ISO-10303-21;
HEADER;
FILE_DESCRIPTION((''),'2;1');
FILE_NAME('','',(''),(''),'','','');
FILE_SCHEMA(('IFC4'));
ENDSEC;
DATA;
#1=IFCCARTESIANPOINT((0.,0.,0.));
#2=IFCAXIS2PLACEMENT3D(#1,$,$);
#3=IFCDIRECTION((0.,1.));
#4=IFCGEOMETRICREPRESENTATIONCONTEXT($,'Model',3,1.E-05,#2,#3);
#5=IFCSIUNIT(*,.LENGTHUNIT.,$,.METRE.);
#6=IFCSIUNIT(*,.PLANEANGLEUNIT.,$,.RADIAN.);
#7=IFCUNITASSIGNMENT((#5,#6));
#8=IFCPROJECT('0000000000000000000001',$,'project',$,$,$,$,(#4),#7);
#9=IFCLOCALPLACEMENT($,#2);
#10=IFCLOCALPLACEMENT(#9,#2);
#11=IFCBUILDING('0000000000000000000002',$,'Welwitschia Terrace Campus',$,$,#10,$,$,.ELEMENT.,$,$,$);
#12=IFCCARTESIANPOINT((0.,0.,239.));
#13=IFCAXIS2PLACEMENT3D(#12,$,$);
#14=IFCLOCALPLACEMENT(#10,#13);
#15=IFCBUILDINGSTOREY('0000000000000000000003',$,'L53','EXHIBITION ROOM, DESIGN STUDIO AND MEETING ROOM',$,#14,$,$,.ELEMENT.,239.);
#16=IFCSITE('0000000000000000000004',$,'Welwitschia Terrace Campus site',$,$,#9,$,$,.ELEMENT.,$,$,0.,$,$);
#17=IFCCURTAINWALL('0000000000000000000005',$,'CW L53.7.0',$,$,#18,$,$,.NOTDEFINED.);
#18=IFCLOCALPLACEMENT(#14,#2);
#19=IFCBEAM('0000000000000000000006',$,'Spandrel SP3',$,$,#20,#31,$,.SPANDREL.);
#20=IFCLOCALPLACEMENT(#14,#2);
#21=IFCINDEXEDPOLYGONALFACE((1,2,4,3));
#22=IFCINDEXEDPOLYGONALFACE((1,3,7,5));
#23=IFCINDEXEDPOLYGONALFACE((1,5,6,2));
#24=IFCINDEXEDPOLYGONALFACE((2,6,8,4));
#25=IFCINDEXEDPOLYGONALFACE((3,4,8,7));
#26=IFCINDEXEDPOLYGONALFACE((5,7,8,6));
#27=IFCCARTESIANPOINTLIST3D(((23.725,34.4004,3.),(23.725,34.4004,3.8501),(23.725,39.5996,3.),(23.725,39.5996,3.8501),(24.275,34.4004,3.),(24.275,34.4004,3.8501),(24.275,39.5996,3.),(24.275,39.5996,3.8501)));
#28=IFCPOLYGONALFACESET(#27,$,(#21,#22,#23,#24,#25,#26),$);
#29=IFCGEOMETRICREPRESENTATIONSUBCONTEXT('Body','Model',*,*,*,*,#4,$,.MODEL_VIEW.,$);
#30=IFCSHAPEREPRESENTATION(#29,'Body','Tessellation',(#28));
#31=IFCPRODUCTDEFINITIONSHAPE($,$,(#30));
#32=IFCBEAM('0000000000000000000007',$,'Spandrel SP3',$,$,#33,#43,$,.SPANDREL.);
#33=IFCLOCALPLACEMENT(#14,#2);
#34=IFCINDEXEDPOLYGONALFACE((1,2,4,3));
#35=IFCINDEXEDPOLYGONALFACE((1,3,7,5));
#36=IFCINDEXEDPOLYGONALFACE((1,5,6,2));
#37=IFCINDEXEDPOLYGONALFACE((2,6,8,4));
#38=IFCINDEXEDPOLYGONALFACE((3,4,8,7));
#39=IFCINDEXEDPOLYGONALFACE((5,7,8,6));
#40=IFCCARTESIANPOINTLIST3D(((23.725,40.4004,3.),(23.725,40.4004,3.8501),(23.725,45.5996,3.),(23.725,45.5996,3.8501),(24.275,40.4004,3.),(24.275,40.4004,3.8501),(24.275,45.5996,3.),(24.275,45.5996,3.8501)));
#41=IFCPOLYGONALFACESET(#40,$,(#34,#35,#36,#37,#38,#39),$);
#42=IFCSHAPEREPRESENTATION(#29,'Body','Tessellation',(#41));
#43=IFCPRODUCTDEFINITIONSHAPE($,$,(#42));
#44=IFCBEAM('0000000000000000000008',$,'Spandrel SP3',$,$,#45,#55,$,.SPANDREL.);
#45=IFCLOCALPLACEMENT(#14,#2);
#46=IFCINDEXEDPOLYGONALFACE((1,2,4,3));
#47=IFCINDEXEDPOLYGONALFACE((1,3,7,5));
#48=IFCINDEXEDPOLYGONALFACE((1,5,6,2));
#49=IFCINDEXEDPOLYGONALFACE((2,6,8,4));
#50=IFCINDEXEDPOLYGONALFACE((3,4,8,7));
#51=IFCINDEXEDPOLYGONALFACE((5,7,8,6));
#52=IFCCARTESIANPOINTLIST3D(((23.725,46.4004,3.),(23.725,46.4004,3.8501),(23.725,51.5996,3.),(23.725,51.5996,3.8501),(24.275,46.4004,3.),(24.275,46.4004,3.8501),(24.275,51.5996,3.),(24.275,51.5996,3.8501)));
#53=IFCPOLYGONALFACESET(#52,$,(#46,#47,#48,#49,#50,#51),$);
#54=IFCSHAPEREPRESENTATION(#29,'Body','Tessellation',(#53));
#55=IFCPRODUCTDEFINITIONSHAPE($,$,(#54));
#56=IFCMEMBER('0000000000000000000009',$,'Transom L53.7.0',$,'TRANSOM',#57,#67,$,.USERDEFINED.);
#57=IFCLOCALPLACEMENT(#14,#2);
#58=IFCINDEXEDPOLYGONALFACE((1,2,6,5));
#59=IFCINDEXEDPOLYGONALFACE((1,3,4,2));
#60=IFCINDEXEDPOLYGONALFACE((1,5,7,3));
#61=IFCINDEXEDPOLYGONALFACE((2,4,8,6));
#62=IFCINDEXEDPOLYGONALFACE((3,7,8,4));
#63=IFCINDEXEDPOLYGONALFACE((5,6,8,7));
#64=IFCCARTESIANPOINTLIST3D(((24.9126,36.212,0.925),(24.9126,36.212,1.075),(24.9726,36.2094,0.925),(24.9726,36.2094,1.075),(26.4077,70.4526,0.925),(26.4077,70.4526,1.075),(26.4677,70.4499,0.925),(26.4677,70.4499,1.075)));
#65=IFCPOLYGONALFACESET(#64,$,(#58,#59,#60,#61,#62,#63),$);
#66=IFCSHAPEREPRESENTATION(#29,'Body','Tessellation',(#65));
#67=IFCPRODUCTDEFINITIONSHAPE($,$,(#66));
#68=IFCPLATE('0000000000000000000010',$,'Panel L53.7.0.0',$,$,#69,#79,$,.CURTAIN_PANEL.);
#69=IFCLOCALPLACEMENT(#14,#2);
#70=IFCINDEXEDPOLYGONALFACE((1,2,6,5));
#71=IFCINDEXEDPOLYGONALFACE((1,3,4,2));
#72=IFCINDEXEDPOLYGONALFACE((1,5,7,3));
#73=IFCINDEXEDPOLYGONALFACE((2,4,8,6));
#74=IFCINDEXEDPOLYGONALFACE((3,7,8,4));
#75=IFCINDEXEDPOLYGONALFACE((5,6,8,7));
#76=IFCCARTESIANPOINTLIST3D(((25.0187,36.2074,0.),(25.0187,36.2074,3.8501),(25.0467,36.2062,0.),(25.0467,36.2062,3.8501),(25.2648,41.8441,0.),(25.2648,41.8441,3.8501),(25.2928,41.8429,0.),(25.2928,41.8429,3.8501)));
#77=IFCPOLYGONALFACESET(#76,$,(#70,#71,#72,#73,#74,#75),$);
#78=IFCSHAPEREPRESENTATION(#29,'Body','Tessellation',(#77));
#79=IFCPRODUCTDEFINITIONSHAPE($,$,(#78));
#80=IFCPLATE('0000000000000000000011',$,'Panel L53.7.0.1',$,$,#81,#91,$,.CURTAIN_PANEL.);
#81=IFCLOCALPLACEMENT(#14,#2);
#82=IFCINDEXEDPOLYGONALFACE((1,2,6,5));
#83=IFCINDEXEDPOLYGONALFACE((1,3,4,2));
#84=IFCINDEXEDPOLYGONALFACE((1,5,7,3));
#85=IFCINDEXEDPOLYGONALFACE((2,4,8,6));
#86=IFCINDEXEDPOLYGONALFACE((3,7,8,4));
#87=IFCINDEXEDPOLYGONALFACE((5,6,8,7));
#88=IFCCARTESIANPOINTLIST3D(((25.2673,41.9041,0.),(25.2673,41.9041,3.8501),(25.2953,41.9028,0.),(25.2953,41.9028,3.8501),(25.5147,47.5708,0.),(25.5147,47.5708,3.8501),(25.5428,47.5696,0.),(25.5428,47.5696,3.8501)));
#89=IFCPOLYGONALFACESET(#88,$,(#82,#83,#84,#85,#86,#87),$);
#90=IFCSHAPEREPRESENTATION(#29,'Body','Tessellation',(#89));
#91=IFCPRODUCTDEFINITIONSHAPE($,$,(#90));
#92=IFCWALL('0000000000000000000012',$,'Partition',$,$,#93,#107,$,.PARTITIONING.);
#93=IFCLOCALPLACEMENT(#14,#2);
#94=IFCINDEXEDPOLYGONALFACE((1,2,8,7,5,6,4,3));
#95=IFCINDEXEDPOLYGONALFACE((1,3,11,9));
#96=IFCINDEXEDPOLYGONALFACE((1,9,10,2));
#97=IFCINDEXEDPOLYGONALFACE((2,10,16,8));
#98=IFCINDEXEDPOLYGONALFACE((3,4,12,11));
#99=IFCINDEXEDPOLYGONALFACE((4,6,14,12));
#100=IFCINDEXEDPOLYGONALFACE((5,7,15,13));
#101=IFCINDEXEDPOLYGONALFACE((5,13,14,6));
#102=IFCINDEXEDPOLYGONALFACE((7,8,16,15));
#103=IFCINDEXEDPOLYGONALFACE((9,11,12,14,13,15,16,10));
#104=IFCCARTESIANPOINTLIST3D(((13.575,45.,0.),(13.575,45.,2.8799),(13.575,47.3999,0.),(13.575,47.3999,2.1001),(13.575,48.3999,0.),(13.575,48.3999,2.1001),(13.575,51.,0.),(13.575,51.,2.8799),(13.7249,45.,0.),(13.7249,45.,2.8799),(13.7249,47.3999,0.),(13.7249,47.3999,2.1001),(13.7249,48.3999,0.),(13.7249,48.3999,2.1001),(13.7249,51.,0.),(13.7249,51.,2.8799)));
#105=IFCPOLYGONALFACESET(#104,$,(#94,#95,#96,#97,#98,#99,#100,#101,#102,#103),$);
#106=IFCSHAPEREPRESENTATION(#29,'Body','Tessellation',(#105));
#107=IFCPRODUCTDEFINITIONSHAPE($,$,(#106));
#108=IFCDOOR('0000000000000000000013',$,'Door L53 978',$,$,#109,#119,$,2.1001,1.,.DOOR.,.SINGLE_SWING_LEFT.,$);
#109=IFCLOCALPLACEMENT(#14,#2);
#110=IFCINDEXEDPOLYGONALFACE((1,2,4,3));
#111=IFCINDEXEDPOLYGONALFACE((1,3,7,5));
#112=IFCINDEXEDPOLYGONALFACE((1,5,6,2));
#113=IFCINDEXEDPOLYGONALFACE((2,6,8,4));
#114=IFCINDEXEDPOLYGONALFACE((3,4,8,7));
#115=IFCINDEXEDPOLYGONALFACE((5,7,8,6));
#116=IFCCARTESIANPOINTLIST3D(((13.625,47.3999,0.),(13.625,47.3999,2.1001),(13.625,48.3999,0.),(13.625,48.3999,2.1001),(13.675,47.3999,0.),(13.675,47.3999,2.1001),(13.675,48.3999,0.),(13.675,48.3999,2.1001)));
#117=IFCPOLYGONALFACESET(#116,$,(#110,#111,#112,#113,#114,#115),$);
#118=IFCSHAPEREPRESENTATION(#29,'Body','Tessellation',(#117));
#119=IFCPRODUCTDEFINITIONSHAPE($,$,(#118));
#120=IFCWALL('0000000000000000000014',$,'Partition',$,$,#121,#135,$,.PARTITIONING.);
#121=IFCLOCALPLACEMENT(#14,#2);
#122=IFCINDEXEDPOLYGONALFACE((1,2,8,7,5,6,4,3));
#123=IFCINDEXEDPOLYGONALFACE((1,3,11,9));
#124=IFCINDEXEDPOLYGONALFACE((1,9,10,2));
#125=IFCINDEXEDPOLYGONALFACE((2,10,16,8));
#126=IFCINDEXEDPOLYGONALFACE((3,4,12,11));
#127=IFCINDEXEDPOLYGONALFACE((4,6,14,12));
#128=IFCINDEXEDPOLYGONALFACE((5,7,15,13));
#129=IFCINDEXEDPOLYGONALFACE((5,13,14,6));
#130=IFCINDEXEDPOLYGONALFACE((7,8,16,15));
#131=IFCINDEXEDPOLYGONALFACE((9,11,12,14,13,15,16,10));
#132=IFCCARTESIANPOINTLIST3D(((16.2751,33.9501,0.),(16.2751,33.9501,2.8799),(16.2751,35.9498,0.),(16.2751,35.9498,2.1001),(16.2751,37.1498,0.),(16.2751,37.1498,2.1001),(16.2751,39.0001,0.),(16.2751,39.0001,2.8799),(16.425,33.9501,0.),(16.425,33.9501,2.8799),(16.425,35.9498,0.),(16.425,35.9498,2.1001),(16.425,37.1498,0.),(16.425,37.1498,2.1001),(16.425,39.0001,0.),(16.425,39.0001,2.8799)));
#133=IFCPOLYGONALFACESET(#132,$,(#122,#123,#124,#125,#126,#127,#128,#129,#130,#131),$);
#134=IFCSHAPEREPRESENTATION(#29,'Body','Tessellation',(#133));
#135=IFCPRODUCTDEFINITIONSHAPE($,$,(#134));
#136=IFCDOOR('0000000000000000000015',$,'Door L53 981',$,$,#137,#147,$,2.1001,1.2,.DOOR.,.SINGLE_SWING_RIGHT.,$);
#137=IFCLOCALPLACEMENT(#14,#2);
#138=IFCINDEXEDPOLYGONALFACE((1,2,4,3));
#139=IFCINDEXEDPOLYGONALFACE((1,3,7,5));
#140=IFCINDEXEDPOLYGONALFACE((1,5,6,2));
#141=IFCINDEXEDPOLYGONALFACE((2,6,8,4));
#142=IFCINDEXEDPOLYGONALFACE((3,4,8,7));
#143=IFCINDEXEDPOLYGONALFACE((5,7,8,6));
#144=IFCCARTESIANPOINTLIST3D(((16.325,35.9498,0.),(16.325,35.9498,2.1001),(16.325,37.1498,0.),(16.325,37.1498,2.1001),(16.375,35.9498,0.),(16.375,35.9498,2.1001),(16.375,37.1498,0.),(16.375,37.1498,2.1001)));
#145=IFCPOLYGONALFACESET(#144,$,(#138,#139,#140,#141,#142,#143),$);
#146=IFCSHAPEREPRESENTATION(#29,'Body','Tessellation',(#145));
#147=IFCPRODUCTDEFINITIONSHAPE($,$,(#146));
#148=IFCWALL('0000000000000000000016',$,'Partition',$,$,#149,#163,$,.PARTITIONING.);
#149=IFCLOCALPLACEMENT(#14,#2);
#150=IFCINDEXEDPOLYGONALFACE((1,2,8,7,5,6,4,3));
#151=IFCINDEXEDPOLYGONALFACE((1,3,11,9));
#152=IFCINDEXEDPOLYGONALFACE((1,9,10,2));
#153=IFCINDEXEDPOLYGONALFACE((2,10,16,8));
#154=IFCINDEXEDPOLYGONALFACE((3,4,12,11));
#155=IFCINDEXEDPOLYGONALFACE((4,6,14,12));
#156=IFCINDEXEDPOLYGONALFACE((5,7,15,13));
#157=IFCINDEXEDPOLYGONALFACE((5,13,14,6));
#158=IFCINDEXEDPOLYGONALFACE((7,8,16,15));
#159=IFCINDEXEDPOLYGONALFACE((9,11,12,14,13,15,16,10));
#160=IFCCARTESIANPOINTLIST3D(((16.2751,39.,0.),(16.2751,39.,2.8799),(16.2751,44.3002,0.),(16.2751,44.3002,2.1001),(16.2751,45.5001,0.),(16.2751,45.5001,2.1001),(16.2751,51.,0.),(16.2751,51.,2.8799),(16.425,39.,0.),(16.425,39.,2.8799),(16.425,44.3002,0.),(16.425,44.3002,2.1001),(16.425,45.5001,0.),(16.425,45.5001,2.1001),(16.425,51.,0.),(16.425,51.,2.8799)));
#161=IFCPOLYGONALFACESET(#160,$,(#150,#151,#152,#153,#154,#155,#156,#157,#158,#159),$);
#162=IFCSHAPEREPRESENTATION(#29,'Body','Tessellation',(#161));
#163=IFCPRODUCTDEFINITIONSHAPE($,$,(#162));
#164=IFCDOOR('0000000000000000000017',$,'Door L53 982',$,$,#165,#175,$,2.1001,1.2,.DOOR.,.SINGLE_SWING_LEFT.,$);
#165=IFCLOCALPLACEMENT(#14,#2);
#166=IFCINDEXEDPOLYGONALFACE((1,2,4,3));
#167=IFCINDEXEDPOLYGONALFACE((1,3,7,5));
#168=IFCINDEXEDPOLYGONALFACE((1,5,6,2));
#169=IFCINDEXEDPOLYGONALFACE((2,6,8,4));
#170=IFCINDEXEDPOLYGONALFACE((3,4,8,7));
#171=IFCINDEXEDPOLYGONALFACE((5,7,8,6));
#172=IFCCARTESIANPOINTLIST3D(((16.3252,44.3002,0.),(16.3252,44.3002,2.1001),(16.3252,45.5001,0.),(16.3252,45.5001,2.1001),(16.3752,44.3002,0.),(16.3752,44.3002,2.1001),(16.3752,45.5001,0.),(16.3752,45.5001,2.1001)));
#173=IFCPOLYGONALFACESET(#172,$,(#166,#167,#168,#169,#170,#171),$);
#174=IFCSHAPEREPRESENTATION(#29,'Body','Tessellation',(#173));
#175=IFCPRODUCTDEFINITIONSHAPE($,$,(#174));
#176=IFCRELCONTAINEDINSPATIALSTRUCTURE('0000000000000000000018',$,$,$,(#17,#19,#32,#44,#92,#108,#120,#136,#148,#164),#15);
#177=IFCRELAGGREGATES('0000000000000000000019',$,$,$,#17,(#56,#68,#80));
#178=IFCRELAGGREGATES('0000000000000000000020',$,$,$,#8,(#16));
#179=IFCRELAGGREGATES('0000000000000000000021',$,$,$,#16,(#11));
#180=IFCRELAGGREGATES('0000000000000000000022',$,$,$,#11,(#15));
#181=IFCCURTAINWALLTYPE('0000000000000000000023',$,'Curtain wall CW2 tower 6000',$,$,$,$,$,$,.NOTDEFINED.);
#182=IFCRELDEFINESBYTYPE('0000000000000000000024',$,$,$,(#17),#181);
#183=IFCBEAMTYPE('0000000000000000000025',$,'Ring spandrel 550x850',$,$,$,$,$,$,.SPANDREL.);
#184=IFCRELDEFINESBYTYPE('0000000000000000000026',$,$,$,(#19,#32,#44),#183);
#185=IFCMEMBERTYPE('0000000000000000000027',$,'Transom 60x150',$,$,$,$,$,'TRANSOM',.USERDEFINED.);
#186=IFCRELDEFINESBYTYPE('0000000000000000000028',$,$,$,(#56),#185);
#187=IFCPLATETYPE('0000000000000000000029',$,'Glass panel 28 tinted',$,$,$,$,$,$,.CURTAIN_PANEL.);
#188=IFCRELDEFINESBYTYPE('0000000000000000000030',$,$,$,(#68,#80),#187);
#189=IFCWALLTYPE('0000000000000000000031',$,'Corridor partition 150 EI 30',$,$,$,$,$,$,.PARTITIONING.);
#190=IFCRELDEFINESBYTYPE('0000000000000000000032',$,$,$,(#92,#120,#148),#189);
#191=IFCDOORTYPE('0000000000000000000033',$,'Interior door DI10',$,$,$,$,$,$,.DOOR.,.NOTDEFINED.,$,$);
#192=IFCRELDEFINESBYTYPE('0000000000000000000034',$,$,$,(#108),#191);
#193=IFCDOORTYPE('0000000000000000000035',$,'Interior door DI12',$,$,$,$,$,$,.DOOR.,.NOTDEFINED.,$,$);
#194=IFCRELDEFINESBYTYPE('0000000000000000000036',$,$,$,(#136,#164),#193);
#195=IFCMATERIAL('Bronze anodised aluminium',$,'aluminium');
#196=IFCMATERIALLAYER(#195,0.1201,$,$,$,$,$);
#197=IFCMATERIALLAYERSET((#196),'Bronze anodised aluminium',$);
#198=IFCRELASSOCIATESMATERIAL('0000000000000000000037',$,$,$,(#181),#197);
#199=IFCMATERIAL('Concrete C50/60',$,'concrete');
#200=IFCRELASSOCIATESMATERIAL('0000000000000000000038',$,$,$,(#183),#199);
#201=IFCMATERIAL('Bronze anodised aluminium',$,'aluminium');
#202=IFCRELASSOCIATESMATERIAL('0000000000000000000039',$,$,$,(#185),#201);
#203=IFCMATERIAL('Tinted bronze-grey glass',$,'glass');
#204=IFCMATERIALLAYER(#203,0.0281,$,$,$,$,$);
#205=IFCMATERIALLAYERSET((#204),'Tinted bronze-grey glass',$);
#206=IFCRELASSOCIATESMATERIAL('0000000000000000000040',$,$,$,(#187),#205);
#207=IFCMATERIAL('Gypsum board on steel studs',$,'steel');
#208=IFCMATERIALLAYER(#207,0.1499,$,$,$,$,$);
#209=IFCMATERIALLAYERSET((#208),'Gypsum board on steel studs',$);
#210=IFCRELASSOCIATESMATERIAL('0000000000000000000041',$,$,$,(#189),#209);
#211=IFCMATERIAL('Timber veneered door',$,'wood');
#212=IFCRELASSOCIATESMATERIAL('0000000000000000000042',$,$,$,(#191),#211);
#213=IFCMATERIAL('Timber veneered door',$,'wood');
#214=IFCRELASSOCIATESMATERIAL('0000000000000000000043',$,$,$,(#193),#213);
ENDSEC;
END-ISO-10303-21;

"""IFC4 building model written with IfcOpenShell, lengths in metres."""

from ifc_helpers import new_model, si_unit, direction, frame, frame_2d, origin, origin_2d, place, context, subcontext, project, spatial, rectangle, extrude, material, layer, layer_set, material_profile, profile_set, type_object, element, fill, aggregate, save


model = new_model("IFC4")

# Units and contexts
model_context = context("Model", 3, precision=1e-05, world=origin(), true_north=direction((0.0, 1.0)))
body_context = subcontext(model_context, "Body", "Model", "MODEL_VIEW")
ifc_project = project(units=[si_unit("LENGTHUNIT", "METRE"), si_unit("PLANEANGLEUNIT", "RADIAN")], contexts=[model_context])

# Site, building, storey
site_placement = place(None, origin())
site = spatial("IfcSite", under=ifc_project, at=site_placement, Name="Welwitschia Terrace Campus site", CompositionType="ELEMENT", RefElevation=0.0)
building_placement = place(site_placement, origin())
building = spatial("IfcBuilding", under=site, at=building_placement, Name="Welwitschia Terrace Campus", CompositionType="ELEMENT")
storey_placement = place(building_placement, frame((0.0, 0.0, 239.0)))
storey = spatial("IfcBuildingStorey", under=building, at=storey_placement, Name="L53", Description="EXHIBITION ROOM, DESIGN STUDIO AND MEETING ROOM", CompositionType="ELEMENT", Elevation=239.0)

# Shared definitions
ifc_material_1 = material(Name="Bronze anodised aluminium", Category="aluminium")
ifc_layer_1 = layer(ifc_material_1, 0.1201)
ifc_layer_set_1 = layer_set([ifc_layer_1], Name="Bronze anodised aluminium")
curtain_wall_type = type_object("IfcCurtainWallType", Name="Curtain wall CW2 tower 6000", PredefinedType="NOTDEFINED", material=ifc_layer_set_1)

# Curtain wall
curtain_wall_1_placement = place(storey_placement, origin())
curtain_wall_1 = element("IfcCurtainWall", 1, at=curtain_wall_1_placement, inside=storey, type_object=curtain_wall_type, Name="CW L53.7.0", PredefinedType="NOTDEFINED")

# Beams
ifc_material_2 = material(Name="Concrete C50/60", Category="concrete")
ifc_material_profile_1 = material_profile(ifc_material_2, rectangle(XDim=0.55, YDim=0.8501, at=origin_2d()))
ifc_profile_set_1 = profile_set([ifc_material_profile_1], Name="Concrete C50/60")
beam_type_1 = type_object("IfcBeamType", Name="Ring spandrel 550x850", PredefinedType="SPANDREL", material=ifc_profile_set_1)
for number, where, z_axis, x_axis, name in (
    (2, (24.0, 34.4004, 3.425), (0.0, 1.0, 0.0), (-1.0, 0.0, 0.0), "Spandrel SP3"),
    (3, (24.0, 40.4004, 3.425), (0.0, 1.0, 0.0), (-1.0, 0.0, 0.0), "Spandrel SP3"),
    (4, (24.0, 46.4004, 3.425), (0.0, 1.0, 0.0), (-1.0, 0.0, 0.0), "Spandrel SP3"),
):
    element("IfcBeam", number, at=place(storey_placement, frame(where, z_axis=z_axis, x_axis=x_axis)), inside=storey, type_object=beam_type_1, Name=name, PredefinedType="SPANDREL", context=body_context, shape_type="SweptSolid", body=[
        extrude(rectangle(XDim=0.55, YDim=0.8501, at=origin_2d()), origin(), (0.0, 0.0, 1.0), 5.1992),
    ])

# Member
ifc_material_3 = material(Name="Bronze anodised aluminium", Category="aluminium")
ifc_material_profile_2 = material_profile(ifc_material_3, rectangle(XDim=0.0601, YDim=0.1499, at=origin_2d()))
ifc_profile_set_2 = profile_set([ifc_material_profile_2], Name="Bronze anodised aluminium")
member_type_1 = type_object("IfcMemberType", Name="Transom 60x150", ElementType="TRANSOM", PredefinedType="USERDEFINED", material=ifc_profile_set_2)
member_1_placement = place(storey_placement, frame((24.9426, 36.2107, 1.0), z_axis=(0.043624, 0.999048, 0.0), x_axis=(-0.999048, 0.043624, 0.0)))
member_1 = element("IfcMember", 5, at=member_1_placement, type_object=member_type_1, Name="Transom L53.7.0", ObjectType="TRANSOM", PredefinedType="USERDEFINED", context=body_context, shape_type="SweptSolid", body=[
    extrude(rectangle(XDim=0.0601, YDim=0.1499, at=origin_2d()), origin(), (0.0, 0.0, 1.0), 34.2732),
])

# Plates
ifc_material_4 = material(Name="Tinted bronze-grey glass", Category="glass")
ifc_layer_2 = layer(ifc_material_4, 0.0281)
ifc_layer_set_2 = layer_set([ifc_layer_2], Name="Tinted bronze-grey glass")
plate_type = type_object("IfcPlateType", Name="Glass panel 28 tinted", PredefinedType="CURTAIN_PANEL", material=ifc_layer_set_2)
plate_1_placement = place(storey_placement, frame((25.1558, 39.0251, 0.0), z_axis=(0.0, 0.0, 1.0), x_axis=(0.043619, 0.999048, 0.0)))
plate_1 = element("IfcPlate", 6, at=plate_1_placement, type_object=plate_type, Name="Panel L53.7.0.0", PredefinedType="CURTAIN_PANEL", context=body_context, shape_type="SweptSolid", body=[
    extrude(rectangle(XDim=5.6421, YDim=0.0281, at=origin_2d()), origin(), (0.0, 0.0, 1.0), 3.8501),
])
plate_2_placement = place(storey_placement, frame((25.405, 44.7368, 0.0), z_axis=(0.0, 0.0, 1.0), x_axis=(0.043619, 0.999048, 0.0)))
plate_2 = element("IfcPlate", 7, at=plate_2_placement, type_object=plate_type, Name="Panel L53.7.0.1", PredefinedType="CURTAIN_PANEL", context=body_context, shape_type="SweptSolid", body=[
    extrude(rectangle(XDim=5.6721, YDim=0.0281, at=origin_2d()), origin(), (0.0, 0.0, 1.0), 3.8501),
])
aggregate(curtain_wall_1, [member_1, plate_1, plate_2])

# Walls, openings, doors
ifc_material_5 = material(Name="Gypsum board on steel studs", Category="steel")
ifc_layer_3 = layer(ifc_material_5, 0.1499)
ifc_layer_set_3 = layer_set([ifc_layer_3], Name="Gypsum board on steel studs")
wall_type = type_object("IfcWallType", Name="Corridor partition 150 EI 30", PredefinedType="PARTITIONING", material=ifc_layer_set_3)
wall_1_placement = place(storey_placement, frame((13.6499, 45.0, 0.0), z_axis=(0.0, 0.0, 1.0), x_axis=(0.0, 1.0, 0.0)))
wall_1 = element("IfcWall", 8, at=wall_1_placement, inside=storey, type_object=wall_type, Name="Partition", PredefinedType="PARTITIONING", context=body_context, shape_type="SweptSolid", body=[
    extrude(rectangle(XDim=6.0, YDim=0.1499, at=frame_2d((3.0, 0.0))), origin(), (0.0, 0.0, 1.0), 2.8799),
])
opening_1_placement = place(wall_1_placement, frame((2.3999, 0.0, 0.0)))
opening_1 = element("IfcOpeningElement", 9, at=opening_1_placement, cuts=wall_1, PredefinedType="OPENING", context=body_context, shape_type="SweptSolid", body=[
    extrude(rectangle(XDim=1.0, YDim=2.1001, at=frame_2d((0.5, 1.05))), frame((0.0, 0.085, 0.0), z_axis=(0.0, -1.0, 0.0), x_axis=(1.0, 0.0, 0.0)), (0.0, 0.0, 1.0), 0.1699),
])
ifc_material_6 = material(Name="Timber veneered door", Category="wood")
door_type_1 = type_object("IfcDoorType", Name="Interior door DI10", OperationType="NOTDEFINED", PredefinedType="DOOR", material=ifc_material_6)
door_1_placement = place(opening_1_placement, origin())
door_1 = element("IfcDoor", 10, at=door_1_placement, inside=storey, type_object=door_type_1, Name="Door L53 978", OperationType="SINGLE_SWING_LEFT", OverallHeight=2.1001, OverallWidth=1.0, PredefinedType="DOOR", context=body_context, shape_type="SweptSolid", body=[
    extrude(rectangle(XDim=1.0, YDim=2.1001, at=frame_2d((0.5, 1.05))), frame((0.0, 0.0249, 0.0), z_axis=(0.0, -1.0, 0.0), x_axis=(1.0, 0.0, 0.0)), (0.0, 0.0, 1.0), 0.05),
])
fill(opening_1, door_1)
wall_2_placement = place(storey_placement, frame((16.3501, 39.0, 0.0), z_axis=(0.0, 0.0, 1.0), x_axis=(0.0, -1.0, 0.0)))
wall_2 = element("IfcWall", 11, at=wall_2_placement, inside=storey, type_object=wall_type, Name="Partition", PredefinedType="PARTITIONING", context=body_context, shape_type="SweptSolid", body=[
    extrude(rectangle(XDim=5.05, YDim=0.1499, at=frame_2d((2.5249, 0.0))), origin(), (0.0, 0.0, 1.0), 2.8799),
])
opening_2_placement = place(wall_2_placement, frame((1.8501, 0.0, 0.0)))
opening_2 = element("IfcOpeningElement", 12, at=opening_2_placement, cuts=wall_2, PredefinedType="OPENING", context=body_context, shape_type="SweptSolid", body=[
    extrude(rectangle(XDim=1.2, YDim=2.1001, at=frame_2d((0.6001, 1.05))), frame((0.0, 0.085, 0.0), z_axis=(0.0, -1.0, 0.0), x_axis=(1.0, 0.0, 0.0)), (0.0, 0.0, 1.0), 0.1699),
])
ifc_material_7 = material(Name="Timber veneered door", Category="wood")
door_type_2 = type_object("IfcDoorType", Name="Interior door DI12", OperationType="NOTDEFINED", PredefinedType="DOOR", material=ifc_material_7)
door_2_placement = place(opening_2_placement, origin())
door_2 = element("IfcDoor", 13, at=door_2_placement, inside=storey, type_object=door_type_2, Name="Door L53 981", OperationType="SINGLE_SWING_RIGHT", OverallHeight=2.1001, OverallWidth=1.2, PredefinedType="DOOR", context=body_context, shape_type="SweptSolid", body=[
    extrude(rectangle(XDim=1.2, YDim=2.1001, at=frame_2d((0.6001, 1.05))), frame((0.0, 0.0249, 0.0), z_axis=(0.0, -1.0, 0.0), x_axis=(1.0, 0.0, 0.0)), (0.0, 0.0, 1.0), 0.05),
])
fill(opening_2, door_2)
wall_3_placement = place(storey_placement, frame((16.3501, 39.0, 0.0), z_axis=(0.0, 0.0, 1.0), x_axis=(0.0, 1.0, 0.0)))
wall_3 = element("IfcWall", 14, at=wall_3_placement, inside=storey, type_object=wall_type, Name="Partition", PredefinedType="PARTITIONING", context=body_context, shape_type="SweptSolid", body=[
    extrude(rectangle(XDim=12.0, YDim=0.1499, at=frame_2d((6.0, 0.0))), origin(), (0.0, 0.0, 1.0), 2.8799),
])
opening_3_placement = place(wall_3_placement, frame((5.3, 0.0, 0.0)))
opening_3 = element("IfcOpeningElement", 15, at=opening_3_placement, cuts=wall_3, PredefinedType="OPENING", context=body_context, shape_type="SweptSolid", body=[
    extrude(rectangle(XDim=1.2, YDim=2.1001, at=frame_2d((0.6001, 1.05))), frame((0.0, 0.085, 0.0), z_axis=(0.0, -1.0, 0.0), x_axis=(1.0, 0.0, 0.0)), (0.0, 0.0, 1.0), 0.1699),
])
door_3_placement = place(opening_3_placement, origin())
door_3 = element("IfcDoor", 16, at=door_3_placement, inside=storey, type_object=door_type_2, Name="Door L53 982", OperationType="SINGLE_SWING_LEFT", OverallHeight=2.1001, OverallWidth=1.2, PredefinedType="DOOR", context=body_context, shape_type="SweptSolid", body=[
    extrude(rectangle(XDim=1.2, YDim=2.1001, at=frame_2d((0.6001, 1.05))), frame((0.0, 0.0249, 0.0), z_axis=(0.0, -1.0, 0.0), x_axis=(1.0, 0.0, 0.0)), (0.0, 0.0, 1.0), 0.05),
])
fill(opening_3, door_3)

save(model, "model.ifc")
